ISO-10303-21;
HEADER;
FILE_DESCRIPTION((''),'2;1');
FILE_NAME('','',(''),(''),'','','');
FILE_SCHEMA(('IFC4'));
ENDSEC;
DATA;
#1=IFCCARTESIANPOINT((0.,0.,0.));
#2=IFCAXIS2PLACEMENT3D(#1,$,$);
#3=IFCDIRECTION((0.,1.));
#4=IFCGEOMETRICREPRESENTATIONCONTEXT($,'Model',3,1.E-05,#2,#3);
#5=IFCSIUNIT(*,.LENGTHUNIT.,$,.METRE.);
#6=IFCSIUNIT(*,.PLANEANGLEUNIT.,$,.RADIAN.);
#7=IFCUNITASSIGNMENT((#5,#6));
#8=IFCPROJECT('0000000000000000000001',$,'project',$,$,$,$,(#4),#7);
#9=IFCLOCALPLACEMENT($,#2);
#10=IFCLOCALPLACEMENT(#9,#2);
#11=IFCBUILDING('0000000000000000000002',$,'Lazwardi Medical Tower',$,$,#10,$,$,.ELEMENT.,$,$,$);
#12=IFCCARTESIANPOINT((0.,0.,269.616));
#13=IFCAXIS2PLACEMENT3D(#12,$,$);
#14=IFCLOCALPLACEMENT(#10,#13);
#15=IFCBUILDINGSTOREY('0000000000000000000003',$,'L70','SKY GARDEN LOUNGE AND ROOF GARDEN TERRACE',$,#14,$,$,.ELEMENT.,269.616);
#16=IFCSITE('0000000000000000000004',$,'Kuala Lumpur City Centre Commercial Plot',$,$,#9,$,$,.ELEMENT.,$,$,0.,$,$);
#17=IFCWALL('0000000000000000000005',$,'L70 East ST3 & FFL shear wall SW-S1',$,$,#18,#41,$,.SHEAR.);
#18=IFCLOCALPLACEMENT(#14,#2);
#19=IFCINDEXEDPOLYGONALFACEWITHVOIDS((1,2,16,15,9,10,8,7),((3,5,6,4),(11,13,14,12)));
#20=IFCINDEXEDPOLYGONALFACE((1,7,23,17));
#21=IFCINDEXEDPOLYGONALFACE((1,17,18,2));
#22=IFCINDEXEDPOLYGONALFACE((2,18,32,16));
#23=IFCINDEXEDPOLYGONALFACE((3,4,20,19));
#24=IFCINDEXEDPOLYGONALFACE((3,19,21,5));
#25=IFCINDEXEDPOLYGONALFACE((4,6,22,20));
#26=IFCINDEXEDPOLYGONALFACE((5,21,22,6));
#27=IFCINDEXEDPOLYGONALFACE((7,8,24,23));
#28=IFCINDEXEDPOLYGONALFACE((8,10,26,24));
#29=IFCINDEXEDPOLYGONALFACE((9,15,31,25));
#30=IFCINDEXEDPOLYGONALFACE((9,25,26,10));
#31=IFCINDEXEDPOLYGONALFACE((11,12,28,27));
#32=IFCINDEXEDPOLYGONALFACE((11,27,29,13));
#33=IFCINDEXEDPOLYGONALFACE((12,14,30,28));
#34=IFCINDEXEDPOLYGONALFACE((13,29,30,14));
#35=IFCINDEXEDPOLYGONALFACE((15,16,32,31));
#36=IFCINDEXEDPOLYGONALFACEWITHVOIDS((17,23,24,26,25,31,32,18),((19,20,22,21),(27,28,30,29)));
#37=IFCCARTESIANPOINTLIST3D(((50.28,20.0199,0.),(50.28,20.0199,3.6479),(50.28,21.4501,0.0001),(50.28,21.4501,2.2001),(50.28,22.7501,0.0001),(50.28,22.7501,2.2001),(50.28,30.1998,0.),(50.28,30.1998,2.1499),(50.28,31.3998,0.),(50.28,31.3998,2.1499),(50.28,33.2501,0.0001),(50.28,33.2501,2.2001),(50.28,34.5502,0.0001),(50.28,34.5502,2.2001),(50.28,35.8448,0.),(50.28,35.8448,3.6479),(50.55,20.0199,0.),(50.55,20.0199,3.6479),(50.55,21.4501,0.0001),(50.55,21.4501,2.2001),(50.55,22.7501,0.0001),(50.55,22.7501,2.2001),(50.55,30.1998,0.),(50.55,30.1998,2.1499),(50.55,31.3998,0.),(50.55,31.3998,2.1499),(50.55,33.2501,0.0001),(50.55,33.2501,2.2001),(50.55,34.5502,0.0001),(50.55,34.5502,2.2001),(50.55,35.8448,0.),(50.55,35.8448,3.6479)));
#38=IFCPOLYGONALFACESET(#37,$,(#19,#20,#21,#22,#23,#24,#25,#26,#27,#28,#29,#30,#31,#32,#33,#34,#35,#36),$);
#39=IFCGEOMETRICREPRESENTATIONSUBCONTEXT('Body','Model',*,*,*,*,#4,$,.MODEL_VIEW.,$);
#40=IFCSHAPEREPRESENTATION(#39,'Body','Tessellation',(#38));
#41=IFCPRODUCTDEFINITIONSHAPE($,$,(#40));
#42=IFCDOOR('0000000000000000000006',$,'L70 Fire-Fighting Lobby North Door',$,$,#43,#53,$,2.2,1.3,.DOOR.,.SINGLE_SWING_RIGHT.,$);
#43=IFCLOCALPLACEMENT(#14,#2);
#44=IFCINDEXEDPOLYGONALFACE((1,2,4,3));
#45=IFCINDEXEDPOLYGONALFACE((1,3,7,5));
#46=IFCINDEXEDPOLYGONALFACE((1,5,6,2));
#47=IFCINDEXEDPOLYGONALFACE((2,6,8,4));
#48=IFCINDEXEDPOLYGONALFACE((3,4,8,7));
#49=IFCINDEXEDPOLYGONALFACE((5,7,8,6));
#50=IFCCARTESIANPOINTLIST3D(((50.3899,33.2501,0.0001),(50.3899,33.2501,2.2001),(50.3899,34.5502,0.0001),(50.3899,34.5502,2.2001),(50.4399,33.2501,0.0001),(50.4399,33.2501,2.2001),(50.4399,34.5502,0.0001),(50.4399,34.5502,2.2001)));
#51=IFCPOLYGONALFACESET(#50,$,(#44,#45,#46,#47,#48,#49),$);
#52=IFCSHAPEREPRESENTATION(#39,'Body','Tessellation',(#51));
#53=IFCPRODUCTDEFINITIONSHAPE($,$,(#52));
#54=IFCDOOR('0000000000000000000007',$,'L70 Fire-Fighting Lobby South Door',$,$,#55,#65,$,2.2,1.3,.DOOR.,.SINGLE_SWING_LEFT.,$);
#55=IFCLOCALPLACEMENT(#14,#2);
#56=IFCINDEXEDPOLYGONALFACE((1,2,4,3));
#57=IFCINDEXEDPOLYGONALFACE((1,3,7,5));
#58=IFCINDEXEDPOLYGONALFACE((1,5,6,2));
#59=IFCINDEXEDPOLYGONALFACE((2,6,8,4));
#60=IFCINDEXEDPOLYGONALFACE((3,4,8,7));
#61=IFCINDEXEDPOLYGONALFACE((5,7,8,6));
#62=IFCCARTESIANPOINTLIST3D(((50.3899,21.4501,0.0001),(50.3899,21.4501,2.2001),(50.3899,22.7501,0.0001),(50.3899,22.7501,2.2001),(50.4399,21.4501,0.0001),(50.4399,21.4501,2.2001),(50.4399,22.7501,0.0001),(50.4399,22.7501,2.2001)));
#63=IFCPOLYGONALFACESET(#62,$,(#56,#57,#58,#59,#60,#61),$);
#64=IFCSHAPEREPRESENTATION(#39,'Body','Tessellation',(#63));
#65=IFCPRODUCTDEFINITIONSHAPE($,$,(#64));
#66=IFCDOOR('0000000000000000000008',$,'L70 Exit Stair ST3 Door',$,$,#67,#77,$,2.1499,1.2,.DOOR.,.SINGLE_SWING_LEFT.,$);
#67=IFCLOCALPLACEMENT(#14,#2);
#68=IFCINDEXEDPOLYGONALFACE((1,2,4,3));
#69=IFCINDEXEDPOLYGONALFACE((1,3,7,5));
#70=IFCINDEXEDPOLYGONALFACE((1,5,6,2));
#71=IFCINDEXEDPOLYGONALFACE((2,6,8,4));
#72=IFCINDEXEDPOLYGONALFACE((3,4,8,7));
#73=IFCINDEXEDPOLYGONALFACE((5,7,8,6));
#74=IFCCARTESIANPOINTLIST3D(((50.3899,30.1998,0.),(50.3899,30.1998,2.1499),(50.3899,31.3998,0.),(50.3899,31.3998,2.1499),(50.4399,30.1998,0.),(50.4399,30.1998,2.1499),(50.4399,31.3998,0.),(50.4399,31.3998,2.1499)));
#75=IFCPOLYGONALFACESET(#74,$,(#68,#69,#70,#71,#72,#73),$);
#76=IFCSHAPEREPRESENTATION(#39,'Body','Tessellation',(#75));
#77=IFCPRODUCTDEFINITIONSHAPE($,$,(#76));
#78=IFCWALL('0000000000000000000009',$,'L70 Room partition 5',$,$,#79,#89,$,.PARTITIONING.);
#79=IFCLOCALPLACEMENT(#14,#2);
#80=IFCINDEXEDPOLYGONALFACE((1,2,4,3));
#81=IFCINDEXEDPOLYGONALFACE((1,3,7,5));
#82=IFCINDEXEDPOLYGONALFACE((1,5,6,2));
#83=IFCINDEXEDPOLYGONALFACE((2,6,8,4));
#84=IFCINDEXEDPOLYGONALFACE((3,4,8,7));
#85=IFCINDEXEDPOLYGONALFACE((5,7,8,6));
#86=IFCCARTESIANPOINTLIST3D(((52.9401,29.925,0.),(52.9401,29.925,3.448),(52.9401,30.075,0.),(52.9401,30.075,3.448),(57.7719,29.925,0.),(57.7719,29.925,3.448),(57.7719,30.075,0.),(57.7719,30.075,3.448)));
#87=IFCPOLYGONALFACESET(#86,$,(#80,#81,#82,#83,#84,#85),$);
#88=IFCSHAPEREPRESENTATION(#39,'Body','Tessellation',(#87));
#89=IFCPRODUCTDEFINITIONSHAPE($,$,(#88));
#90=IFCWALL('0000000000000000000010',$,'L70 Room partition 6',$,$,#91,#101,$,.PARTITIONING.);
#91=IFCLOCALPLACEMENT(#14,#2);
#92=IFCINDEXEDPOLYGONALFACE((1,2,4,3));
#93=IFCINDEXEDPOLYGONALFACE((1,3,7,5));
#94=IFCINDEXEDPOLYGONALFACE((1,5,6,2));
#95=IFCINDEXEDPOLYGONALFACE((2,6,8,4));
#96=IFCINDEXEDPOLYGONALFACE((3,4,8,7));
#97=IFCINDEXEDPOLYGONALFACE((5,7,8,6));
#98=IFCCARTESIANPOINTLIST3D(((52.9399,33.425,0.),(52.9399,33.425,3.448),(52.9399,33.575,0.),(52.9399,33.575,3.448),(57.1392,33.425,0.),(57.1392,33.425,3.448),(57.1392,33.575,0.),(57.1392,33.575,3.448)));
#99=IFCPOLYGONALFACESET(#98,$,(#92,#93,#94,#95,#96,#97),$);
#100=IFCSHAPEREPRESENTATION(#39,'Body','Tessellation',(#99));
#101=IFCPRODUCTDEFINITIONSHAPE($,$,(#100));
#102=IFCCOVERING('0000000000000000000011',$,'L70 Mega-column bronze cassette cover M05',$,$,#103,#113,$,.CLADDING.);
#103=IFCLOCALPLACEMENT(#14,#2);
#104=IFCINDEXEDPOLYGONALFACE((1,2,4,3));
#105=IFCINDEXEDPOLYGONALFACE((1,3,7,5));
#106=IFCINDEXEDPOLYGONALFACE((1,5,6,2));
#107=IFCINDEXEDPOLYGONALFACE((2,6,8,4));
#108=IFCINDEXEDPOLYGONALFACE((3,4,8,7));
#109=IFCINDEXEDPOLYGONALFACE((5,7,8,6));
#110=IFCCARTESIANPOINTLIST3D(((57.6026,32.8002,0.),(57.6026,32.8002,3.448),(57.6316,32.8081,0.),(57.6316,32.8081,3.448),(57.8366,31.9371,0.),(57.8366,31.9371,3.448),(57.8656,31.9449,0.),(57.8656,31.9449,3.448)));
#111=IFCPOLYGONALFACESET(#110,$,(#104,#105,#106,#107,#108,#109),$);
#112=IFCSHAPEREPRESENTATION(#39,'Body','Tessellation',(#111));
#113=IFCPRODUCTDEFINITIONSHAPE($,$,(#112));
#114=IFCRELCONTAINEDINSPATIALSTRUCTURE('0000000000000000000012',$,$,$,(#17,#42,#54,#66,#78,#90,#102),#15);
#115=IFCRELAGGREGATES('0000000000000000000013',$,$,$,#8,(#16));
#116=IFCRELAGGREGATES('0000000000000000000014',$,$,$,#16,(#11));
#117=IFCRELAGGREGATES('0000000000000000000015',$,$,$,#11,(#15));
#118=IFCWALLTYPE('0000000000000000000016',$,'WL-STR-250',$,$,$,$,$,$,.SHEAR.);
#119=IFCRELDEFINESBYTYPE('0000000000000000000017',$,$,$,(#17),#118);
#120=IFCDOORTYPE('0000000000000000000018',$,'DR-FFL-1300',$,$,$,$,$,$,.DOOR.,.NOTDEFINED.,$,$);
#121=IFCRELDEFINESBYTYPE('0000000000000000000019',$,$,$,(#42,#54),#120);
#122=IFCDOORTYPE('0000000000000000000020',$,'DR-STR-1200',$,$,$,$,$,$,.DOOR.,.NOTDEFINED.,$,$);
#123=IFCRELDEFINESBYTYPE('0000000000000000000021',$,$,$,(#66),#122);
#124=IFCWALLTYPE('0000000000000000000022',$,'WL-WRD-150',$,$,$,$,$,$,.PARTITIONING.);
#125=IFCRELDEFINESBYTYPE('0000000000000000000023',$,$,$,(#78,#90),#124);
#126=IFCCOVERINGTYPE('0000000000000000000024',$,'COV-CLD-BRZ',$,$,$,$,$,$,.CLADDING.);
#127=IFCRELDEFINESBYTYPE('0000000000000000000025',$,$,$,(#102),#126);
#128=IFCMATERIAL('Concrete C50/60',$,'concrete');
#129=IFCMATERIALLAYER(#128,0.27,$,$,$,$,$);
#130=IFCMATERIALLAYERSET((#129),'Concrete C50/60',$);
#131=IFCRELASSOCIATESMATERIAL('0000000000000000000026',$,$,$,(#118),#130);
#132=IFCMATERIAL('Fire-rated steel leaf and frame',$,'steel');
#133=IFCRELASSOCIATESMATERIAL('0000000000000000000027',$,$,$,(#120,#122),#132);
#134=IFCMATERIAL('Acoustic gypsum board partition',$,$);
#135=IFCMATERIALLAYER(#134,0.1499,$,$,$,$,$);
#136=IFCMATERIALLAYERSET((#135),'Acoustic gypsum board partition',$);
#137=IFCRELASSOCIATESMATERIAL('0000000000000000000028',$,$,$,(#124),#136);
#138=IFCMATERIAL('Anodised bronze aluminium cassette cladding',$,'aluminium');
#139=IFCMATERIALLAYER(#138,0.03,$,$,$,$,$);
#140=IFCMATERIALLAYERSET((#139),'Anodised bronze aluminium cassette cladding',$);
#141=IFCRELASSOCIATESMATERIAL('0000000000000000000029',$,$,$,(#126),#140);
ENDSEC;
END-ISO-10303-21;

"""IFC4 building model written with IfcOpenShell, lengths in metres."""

from ifc_helpers import new_model, si_unit, direction, frame, frame_2d, origin, origin_2d, place, context, subcontext, project, spatial, rectangle, extrude, material, layer, layer_set, type_object, element, fill, save


model = new_model("IFC4")

# Units and contexts
model_context = context("Model", 3, precision=1e-05, world=origin(), true_north=direction((0.0, 1.0)))
body_context = subcontext(model_context, "Body", "Model", "MODEL_VIEW")
ifc_project = project(units=[si_unit("LENGTHUNIT", "METRE"), si_unit("PLANEANGLEUNIT", "RADIAN")], contexts=[model_context])

# Site, building, storey
site_placement = place(None, origin())
site = spatial("IfcSite", under=ifc_project, at=site_placement, Name="Kuala Lumpur City Centre Commercial Plot", CompositionType="ELEMENT", RefElevation=0.0)
building_placement = place(site_placement, origin())
building = spatial("IfcBuilding", under=site, at=building_placement, Name="Lazwardi Medical Tower", CompositionType="ELEMENT")
storey_placement = place(building_placement, frame((0.0, 0.0, 269.616)))
storey = spatial("IfcBuildingStorey", under=building, at=storey_placement, Name="L70", Description="SKY GARDEN LOUNGE AND ROOF GARDEN TERRACE", CompositionType="ELEMENT", Elevation=269.616)

# Wall, openings, doors
ifc_material_1 = material(Name="Concrete C50/60", Category="concrete")
ifc_layer_1 = layer(ifc_material_1, 0.27)
ifc_layer_set_1 = layer_set([ifc_layer_1], Name="Concrete C50/60")
wall_type_1 = type_object("IfcWallType", Name="WL-STR-250", PredefinedType="SHEAR", material=ifc_layer_set_1)
wall_1_placement = place(storey_placement, frame((50.415, 35.845, 0.0), z_axis=(0.0, 0.0, 1.0), x_axis=(0.0, -1.0, 0.0)))
wall_1 = element("IfcWall", 1, at=wall_1_placement, inside=storey, type_object=wall_type_1, Name="L70 East ST3 & FFL shear wall SW-S1", PredefinedType="SHEAR", context=body_context, shape_type="SweptSolid", body=[
    extrude(rectangle(XDim=15.825, YDim=0.27, at=frame_2d((7.9126, 0.0))), origin(), (0.0, 0.0, 1.0), 3.6479),
])
opening_1_placement = place(wall_1_placement, frame((4.4451, 0.0, 0.0)))
opening_1 = element("IfcOpeningElement", 2, at=opening_1_placement, cuts=wall_1, PredefinedType="OPENING", context=body_context, shape_type="SweptSolid", body=[
    extrude(rectangle(XDim=1.2, YDim=2.1499, at=frame_2d((0.6001, 1.075))), frame((0.0, 0.145, 0.0), z_axis=(0.0, -1.0, 0.0), x_axis=(1.0, 0.0, 0.0)), (0.0, 0.0, 1.0), 0.29),
])
opening_2_placement = place(wall_1_placement, frame((1.2949, 0.0, 0.0)))
opening_2 = element("IfcOpeningElement", 3, at=opening_2_placement, cuts=wall_1, PredefinedType="OPENING", context=body_context, shape_type="SweptSolid", body=[
    extrude(rectangle(XDim=1.3, YDim=2.2, at=frame_2d((0.6499, 1.1001))), frame((0.0, 0.145, 0.0), z_axis=(0.0, -1.0, 0.0), x_axis=(1.0, 0.0, 0.0)), (0.0, 0.0, 1.0), 0.29),
])
opening_3_placement = place(wall_1_placement, frame((13.095, 0.0, 0.0)))
opening_3 = element("IfcOpeningElement", 4, at=opening_3_placement, cuts=wall_1, PredefinedType="OPENING", context=body_context, shape_type="SweptSolid", body=[
    extrude(rectangle(XDim=1.3, YDim=2.2, at=frame_2d((0.6499, 1.1001))), frame((0.0, 0.145, 0.0), z_axis=(0.0, -1.0, 0.0), x_axis=(1.0, 0.0, 0.0)), (0.0, 0.0, 1.0), 0.29),
])
ifc_material_2 = material(Name="Fire-rated steel leaf and frame", Category="steel")
door_type_1 = type_object("IfcDoorType", Name="DR-FFL-1300", OperationType="NOTDEFINED", PredefinedType="DOOR", material=ifc_material_2)
door_1_placement = place(opening_2_placement, origin())
door_1 = element("IfcDoor", 5, at=door_1_placement, inside=storey, type_object=door_type_1, Name="L70 Fire-Fighting Lobby North Door", OperationType="SINGLE_SWING_RIGHT", OverallHeight=2.2, OverallWidth=1.3, PredefinedType="DOOR", context=body_context, shape_type="SweptSolid", body=[
    extrude(rectangle(XDim=1.3, YDim=2.2, at=frame_2d((0.6499, 1.1001))), frame((0.0, 0.0249, 0.0), z_axis=(0.0, -1.0, 0.0), x_axis=(1.0, 0.0, 0.0)), (0.0, 0.0, 1.0), 0.05),
])
fill(opening_2, door_1)
door_2_placement = place(opening_3_placement, origin())
door_2 = element("IfcDoor", 6, at=door_2_placement, inside=storey, type_object=door_type_1, Name="L70 Fire-Fighting Lobby South Door", OperationType="SINGLE_SWING_LEFT", OverallHeight=2.2, OverallWidth=1.3, PredefinedType="DOOR", context=body_context, shape_type="SweptSolid", body=[
    extrude(rectangle(XDim=1.3, YDim=2.2, at=frame_2d((0.6499, 1.1001))), frame((0.0, 0.0249, 0.0), z_axis=(0.0, -1.0, 0.0), x_axis=(1.0, 0.0, 0.0)), (0.0, 0.0, 1.0), 0.05),
])
fill(opening_3, door_2)
door_type_2 = type_object("IfcDoorType", Name="DR-STR-1200", OperationType="NOTDEFINED", PredefinedType="DOOR", material=ifc_material_2)
door_3_placement = place(opening_1_placement, origin())
door_3 = element("IfcDoor", 7, at=door_3_placement, inside=storey, type_object=door_type_2, Name="L70 Exit Stair ST3 Door", OperationType="SINGLE_SWING_LEFT", OverallHeight=2.1499, OverallWidth=1.2, PredefinedType="DOOR", context=body_context, shape_type="SweptSolid", body=[
    extrude(rectangle(XDim=1.2, YDim=2.1499, at=frame_2d((0.6001, 1.075))), frame((0.0, 0.0249, 0.0), z_axis=(0.0, -1.0, 0.0), x_axis=(1.0, 0.0, 0.0)), (0.0, 0.0, 1.0), 0.05),
])
fill(opening_1, door_3)

# Walls
ifc_material_3 = material(Name="Acoustic gypsum board partition")
ifc_layer_2 = layer(ifc_material_3, 0.1499)
ifc_layer_set_2 = layer_set([ifc_layer_2], Name="Acoustic gypsum board partition")
wall_type_2 = type_object("IfcWallType", Name="WL-WRD-150", PredefinedType="PARTITIONING", material=ifc_layer_set_2)
wall_2_placement = place(storey_placement, frame((52.9399, 30.0, 0.0), z_axis=(0.0, 0.0, 1.0), x_axis=(1.0, 0.0, 0.0)))
element("IfcWall", 8, at=wall_2_placement, inside=storey, type_object=wall_type_2, Name="L70 Room partition 5", PredefinedType="PARTITIONING", context=body_context, shape_type="SweptSolid", body=[
    extrude(rectangle(XDim=4.8318, YDim=0.1499, at=frame_2d((2.416, 0.0))), origin(), (0.0, 0.0, 1.0), 3.448),
])
wall_3_placement = place(storey_placement, frame((52.9399, 33.5, 0.0), z_axis=(0.0, 0.0, 1.0), x_axis=(1.0, 0.0, 0.0)))
element("IfcWall", 9, at=wall_3_placement, inside=storey, type_object=wall_type_2, Name="L70 Room partition 6", PredefinedType="PARTITIONING", context=body_context, shape_type="SweptSolid", body=[
    extrude(rectangle(XDim=4.1992, YDim=0.1499, at=frame_2d((2.0996, 0.0))), origin(), (0.0, 0.0, 1.0), 3.448),
])

# Covering
ifc_material_4 = material(Name="Anodised bronze aluminium cassette cladding", Category="aluminium")
ifc_layer_3 = layer(ifc_material_4, 0.03)
ifc_layer_set_3 = layer_set([ifc_layer_3], Name="Anodised bronze aluminium cassette cladding")
covering_type = type_object("IfcCoveringType", Name="COV-CLD-BRZ", PredefinedType="CLADDING", material=ifc_layer_set_3)
covering_placement = place(storey_placement, frame((57.7341, 32.3726, 0.0), z_axis=(0.0, 0.0, 1.0), x_axis=(-0.261642, 0.965165, 0.0)))
element("IfcCovering", 10, at=covering_placement, inside=storey, type_object=covering_type, Name="L70 Mega-column bronze cassette cover M05", PredefinedType="CLADDING", context=body_context, shape_type="SweptSolid", body=[
    extrude(rectangle(XDim=0.8943, YDim=0.03, at=origin_2d()), origin(), (0.0, 0.0, 1.0), 3.448),
])

save(model, "model.ifc")
